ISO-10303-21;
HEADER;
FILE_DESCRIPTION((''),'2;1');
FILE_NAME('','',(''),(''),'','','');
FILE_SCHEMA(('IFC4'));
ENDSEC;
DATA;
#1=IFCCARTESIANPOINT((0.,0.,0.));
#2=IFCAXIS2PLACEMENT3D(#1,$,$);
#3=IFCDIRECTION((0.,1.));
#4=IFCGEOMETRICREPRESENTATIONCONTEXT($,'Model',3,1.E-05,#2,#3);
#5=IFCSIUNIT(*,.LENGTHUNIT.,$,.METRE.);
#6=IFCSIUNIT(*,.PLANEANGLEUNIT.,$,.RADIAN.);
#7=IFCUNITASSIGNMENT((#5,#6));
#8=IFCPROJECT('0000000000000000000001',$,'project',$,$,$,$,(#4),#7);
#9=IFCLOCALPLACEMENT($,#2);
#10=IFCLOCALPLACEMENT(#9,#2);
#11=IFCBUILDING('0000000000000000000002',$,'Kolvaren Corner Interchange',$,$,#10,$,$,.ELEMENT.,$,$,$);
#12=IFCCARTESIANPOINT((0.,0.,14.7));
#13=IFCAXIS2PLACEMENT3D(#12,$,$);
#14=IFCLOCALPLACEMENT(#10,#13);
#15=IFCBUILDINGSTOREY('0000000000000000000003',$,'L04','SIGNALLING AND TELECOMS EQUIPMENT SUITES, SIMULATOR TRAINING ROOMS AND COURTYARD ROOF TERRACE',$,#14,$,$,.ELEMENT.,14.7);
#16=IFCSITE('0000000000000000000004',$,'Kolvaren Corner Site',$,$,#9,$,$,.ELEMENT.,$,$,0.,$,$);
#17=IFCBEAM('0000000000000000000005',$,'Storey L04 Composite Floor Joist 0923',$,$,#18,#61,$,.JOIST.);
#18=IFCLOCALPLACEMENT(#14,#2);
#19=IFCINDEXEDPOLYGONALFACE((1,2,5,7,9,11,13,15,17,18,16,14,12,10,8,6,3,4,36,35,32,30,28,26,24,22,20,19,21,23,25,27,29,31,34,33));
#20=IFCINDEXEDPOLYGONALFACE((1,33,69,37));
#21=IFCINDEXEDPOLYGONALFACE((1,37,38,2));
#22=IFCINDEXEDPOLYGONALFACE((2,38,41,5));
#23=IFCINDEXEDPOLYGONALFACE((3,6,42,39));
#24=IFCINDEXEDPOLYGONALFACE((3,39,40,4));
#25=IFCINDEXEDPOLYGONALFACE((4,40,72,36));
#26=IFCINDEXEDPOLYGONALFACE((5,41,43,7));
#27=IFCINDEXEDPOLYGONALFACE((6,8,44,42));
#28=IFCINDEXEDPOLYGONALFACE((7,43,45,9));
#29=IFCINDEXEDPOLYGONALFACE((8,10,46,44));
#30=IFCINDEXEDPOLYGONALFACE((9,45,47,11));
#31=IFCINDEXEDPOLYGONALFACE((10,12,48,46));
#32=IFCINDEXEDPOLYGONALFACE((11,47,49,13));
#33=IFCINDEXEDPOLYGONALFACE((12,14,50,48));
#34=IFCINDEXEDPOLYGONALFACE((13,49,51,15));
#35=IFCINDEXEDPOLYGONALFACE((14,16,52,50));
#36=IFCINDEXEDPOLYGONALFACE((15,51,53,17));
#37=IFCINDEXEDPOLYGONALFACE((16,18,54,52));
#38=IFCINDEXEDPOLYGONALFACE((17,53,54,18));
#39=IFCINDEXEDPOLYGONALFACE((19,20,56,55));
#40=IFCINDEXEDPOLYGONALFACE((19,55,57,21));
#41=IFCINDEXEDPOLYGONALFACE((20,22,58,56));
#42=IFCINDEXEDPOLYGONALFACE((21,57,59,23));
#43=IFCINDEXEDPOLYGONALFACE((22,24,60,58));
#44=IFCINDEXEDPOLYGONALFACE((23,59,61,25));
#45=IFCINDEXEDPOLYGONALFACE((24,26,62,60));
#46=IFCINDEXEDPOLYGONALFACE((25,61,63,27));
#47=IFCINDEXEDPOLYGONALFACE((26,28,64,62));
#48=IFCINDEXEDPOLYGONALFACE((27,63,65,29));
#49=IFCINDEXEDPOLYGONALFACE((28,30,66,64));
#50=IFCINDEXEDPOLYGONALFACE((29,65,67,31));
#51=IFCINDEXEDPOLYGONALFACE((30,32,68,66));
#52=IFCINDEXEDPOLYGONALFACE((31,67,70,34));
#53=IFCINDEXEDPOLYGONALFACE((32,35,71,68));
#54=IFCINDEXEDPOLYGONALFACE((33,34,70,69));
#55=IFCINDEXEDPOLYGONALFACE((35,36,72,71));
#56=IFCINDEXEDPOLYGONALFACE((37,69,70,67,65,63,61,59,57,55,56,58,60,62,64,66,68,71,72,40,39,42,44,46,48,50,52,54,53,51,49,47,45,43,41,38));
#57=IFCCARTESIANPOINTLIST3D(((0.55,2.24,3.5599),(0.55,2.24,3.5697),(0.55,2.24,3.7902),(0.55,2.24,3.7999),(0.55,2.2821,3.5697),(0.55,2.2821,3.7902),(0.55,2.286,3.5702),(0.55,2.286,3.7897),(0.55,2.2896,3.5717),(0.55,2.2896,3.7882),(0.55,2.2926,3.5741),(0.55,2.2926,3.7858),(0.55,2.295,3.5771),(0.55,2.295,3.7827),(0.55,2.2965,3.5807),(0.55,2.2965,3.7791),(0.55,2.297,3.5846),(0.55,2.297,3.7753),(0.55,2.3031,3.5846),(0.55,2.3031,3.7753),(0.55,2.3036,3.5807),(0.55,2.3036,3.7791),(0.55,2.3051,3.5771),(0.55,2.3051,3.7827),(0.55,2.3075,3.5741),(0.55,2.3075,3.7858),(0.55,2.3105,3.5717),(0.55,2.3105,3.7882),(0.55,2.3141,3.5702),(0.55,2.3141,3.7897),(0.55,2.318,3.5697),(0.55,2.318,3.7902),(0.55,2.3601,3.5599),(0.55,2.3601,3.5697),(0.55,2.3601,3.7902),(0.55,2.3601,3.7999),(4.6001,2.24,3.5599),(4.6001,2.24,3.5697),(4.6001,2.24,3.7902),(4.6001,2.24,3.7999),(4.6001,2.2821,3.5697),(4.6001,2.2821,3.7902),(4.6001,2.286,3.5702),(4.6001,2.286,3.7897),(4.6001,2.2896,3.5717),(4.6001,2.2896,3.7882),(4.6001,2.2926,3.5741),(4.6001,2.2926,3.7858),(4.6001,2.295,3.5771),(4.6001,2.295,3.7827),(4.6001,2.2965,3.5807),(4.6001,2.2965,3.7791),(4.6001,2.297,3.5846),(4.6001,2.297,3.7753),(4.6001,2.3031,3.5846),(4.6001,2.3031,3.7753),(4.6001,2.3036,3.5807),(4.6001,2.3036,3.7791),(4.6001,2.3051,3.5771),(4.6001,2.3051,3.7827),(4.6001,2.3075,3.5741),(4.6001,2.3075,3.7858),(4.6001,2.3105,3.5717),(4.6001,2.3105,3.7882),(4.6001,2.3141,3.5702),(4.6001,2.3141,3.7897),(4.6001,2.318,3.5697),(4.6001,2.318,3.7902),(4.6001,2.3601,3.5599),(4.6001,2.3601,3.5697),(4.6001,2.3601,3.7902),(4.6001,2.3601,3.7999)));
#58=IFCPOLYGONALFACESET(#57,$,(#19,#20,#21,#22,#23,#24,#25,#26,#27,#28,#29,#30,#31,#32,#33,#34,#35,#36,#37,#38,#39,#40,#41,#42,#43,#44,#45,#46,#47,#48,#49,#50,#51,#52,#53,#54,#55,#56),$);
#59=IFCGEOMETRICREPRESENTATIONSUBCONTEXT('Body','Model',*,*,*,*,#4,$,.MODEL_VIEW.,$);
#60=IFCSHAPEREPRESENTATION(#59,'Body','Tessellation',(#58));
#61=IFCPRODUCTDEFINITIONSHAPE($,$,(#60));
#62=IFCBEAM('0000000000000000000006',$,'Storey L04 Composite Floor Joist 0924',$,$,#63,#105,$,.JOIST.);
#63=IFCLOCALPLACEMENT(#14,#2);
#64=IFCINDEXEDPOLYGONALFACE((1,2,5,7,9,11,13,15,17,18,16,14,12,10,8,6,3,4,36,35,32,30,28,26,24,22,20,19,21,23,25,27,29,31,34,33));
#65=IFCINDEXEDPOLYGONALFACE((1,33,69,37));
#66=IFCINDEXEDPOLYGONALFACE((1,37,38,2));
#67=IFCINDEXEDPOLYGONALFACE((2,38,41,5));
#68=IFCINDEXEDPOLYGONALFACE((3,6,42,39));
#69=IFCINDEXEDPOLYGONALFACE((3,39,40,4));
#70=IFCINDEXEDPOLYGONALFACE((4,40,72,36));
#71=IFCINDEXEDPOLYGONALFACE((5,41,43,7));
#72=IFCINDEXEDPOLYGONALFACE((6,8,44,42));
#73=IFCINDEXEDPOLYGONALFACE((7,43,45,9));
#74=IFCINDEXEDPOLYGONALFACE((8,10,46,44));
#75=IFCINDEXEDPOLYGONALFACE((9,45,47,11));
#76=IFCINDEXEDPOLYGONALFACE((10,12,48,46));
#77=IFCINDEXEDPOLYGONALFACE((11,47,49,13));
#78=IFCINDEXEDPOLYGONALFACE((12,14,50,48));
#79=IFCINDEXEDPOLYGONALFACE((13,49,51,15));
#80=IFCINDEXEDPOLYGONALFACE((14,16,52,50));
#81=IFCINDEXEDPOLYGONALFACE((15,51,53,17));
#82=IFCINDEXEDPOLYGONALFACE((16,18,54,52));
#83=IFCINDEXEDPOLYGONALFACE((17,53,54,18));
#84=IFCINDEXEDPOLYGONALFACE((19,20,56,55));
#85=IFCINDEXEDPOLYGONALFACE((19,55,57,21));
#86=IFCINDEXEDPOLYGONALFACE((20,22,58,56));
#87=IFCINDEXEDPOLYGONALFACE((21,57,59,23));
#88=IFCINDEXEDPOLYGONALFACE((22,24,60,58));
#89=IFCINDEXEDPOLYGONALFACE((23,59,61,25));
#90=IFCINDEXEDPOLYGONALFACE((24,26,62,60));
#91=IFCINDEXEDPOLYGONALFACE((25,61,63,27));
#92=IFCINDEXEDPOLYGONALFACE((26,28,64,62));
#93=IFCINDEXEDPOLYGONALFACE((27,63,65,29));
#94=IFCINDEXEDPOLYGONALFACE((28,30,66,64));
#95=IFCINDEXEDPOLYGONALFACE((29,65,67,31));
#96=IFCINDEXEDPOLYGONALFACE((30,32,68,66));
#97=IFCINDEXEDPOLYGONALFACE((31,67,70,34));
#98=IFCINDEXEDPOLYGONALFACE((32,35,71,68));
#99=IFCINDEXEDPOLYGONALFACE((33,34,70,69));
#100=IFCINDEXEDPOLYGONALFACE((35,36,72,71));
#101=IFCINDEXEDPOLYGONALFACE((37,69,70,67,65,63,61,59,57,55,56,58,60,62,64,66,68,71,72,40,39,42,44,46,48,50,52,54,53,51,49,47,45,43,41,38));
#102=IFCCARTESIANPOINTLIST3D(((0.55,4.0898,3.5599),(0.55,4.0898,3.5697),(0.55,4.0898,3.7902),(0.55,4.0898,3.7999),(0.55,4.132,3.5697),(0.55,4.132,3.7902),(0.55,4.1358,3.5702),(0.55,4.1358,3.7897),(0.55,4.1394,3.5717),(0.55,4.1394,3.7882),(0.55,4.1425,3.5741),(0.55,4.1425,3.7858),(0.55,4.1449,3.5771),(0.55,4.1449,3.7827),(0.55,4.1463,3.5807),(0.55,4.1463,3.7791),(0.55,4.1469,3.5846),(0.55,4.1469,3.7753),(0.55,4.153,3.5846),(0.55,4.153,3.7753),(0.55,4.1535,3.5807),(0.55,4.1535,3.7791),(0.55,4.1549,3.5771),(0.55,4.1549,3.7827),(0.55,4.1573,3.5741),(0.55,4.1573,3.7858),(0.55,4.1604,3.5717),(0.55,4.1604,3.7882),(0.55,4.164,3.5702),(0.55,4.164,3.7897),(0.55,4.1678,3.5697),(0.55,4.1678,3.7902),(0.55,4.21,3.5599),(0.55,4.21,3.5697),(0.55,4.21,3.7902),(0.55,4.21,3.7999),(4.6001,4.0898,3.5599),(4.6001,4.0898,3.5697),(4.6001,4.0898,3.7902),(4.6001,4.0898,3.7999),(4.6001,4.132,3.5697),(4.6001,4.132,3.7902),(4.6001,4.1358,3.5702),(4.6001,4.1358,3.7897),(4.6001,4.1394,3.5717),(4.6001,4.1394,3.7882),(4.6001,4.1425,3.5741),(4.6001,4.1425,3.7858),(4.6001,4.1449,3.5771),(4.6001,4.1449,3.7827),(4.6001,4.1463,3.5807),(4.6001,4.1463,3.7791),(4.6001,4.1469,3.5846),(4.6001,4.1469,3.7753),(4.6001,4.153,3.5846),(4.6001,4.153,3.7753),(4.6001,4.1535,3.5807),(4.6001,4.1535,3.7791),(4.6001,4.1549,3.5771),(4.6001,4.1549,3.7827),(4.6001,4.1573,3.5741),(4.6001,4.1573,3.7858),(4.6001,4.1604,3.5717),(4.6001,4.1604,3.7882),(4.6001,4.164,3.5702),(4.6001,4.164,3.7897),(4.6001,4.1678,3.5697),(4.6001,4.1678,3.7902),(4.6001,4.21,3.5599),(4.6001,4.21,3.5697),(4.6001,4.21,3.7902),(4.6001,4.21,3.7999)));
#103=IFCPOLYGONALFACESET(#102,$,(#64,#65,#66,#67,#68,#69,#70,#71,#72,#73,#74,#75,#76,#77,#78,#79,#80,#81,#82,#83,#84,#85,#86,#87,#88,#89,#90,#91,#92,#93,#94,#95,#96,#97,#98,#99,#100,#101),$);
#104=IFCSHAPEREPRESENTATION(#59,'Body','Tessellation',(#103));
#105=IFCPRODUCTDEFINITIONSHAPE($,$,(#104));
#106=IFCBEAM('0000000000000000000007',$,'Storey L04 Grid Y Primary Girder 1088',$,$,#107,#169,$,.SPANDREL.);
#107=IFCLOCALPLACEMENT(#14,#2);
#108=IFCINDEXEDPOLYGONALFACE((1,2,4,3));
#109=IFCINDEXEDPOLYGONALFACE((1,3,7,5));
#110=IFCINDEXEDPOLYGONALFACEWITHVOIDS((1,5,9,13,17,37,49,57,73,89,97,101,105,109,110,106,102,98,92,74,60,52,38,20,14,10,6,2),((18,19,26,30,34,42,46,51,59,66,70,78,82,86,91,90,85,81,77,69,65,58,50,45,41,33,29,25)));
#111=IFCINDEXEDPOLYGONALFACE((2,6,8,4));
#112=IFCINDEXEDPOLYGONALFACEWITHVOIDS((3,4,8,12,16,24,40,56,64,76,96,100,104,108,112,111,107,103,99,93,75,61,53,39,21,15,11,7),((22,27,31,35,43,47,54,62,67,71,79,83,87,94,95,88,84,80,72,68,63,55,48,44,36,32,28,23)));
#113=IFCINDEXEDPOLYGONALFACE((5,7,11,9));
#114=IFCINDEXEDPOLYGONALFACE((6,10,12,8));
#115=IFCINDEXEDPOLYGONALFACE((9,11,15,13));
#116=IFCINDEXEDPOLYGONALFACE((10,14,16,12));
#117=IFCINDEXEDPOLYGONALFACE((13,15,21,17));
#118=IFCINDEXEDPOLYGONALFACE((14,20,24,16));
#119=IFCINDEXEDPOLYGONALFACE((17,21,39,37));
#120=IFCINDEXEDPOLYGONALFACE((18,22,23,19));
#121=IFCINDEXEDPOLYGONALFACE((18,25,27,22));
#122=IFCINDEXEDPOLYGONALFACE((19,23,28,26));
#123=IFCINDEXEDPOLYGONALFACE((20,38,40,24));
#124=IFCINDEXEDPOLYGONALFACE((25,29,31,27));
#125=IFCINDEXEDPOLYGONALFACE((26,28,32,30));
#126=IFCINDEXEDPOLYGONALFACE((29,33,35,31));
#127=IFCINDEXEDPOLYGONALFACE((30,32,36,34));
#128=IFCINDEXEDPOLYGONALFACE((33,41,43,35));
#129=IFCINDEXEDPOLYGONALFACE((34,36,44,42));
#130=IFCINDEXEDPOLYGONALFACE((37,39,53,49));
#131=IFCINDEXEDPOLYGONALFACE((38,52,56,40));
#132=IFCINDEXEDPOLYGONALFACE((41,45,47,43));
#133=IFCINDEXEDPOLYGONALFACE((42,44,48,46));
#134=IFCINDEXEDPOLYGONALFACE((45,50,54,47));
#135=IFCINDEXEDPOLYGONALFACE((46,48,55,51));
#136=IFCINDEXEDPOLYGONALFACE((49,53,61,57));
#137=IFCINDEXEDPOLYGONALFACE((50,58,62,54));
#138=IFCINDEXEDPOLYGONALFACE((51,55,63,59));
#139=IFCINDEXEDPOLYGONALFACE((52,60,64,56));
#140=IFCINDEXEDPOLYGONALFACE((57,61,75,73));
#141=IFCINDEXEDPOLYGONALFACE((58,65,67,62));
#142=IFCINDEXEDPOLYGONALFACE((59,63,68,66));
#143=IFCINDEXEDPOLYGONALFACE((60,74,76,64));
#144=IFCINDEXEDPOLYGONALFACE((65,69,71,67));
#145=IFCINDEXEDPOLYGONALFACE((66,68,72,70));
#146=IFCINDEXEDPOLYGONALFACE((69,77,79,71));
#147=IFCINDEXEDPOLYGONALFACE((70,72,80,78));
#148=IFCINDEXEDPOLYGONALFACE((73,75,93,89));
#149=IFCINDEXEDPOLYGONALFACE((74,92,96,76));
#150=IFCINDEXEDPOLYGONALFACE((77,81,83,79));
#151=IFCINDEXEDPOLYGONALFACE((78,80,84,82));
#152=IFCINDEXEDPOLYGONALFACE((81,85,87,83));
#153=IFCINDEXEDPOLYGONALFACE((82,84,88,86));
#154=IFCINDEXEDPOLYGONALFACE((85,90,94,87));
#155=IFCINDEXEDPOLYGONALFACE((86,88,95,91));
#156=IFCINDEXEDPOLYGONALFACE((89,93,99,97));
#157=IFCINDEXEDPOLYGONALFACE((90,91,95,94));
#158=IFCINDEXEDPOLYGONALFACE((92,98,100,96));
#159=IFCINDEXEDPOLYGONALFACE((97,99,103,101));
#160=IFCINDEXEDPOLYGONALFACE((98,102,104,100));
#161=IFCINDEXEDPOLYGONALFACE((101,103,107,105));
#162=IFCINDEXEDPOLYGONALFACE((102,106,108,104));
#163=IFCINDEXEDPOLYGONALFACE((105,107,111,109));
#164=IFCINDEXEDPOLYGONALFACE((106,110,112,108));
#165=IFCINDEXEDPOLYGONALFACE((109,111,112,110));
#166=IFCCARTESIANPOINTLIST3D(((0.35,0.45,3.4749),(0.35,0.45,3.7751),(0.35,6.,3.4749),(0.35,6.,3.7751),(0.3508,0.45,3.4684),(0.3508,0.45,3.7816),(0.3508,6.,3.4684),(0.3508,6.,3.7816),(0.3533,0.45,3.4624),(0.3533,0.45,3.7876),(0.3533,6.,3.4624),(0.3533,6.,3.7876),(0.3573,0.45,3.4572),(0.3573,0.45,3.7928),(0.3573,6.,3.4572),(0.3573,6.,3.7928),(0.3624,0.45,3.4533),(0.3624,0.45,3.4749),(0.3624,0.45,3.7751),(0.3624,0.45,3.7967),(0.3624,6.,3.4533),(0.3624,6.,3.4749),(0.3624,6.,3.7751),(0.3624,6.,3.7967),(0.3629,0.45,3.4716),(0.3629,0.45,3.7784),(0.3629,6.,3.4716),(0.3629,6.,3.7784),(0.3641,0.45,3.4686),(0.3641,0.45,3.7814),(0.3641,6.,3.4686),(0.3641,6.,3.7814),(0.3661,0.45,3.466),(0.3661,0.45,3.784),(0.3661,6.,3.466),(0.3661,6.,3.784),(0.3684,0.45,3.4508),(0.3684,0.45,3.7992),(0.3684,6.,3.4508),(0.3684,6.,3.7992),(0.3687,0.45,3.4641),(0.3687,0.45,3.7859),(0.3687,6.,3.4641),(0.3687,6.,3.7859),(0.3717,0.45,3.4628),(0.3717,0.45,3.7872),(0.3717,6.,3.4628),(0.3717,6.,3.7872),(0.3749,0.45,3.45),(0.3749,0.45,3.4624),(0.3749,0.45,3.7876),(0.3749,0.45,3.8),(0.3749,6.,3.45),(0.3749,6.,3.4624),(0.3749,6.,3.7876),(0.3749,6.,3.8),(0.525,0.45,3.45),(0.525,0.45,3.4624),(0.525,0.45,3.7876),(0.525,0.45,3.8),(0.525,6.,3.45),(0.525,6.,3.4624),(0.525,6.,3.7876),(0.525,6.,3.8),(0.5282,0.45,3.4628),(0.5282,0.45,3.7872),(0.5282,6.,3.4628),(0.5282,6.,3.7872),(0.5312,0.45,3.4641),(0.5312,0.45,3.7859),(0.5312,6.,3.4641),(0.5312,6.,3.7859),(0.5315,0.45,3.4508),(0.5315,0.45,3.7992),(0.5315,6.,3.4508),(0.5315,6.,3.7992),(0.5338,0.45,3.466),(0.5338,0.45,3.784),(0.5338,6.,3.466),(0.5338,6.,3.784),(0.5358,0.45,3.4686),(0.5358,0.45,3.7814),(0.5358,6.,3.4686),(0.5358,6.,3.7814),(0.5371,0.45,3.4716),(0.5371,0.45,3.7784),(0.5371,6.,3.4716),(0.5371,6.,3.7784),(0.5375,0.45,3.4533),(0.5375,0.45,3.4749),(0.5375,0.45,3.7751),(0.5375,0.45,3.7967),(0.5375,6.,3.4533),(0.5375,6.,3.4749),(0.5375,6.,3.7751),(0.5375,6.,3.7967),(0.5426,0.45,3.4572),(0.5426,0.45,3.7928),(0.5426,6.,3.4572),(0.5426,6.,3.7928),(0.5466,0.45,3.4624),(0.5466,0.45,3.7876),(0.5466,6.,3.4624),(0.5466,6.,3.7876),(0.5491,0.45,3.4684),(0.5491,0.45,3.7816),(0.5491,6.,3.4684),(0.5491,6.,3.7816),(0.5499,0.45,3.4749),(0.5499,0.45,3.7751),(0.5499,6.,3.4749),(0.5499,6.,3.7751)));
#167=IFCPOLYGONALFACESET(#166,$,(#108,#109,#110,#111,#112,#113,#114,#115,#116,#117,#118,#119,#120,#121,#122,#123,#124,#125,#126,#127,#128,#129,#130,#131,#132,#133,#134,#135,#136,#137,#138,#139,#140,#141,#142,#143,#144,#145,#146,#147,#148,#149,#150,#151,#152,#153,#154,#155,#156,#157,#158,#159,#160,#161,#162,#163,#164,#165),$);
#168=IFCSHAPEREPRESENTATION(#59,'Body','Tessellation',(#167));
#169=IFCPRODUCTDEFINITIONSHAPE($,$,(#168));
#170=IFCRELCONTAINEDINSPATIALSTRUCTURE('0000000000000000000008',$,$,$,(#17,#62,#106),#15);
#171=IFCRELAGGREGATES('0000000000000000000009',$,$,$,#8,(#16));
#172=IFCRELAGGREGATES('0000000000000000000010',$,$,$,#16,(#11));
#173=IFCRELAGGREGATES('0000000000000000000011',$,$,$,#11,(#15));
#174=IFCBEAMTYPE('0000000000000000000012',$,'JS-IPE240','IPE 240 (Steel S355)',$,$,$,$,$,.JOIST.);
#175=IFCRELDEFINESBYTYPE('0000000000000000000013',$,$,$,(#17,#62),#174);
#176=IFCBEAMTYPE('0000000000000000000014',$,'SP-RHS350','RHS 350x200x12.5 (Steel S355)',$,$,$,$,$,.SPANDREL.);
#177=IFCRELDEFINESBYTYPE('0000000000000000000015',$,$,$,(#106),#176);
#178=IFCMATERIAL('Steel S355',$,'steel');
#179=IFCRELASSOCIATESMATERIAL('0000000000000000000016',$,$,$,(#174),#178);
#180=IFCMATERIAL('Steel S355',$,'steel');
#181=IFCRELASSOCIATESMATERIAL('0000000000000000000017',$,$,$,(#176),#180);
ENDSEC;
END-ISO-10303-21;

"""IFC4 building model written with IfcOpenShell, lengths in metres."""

from ifc_helpers import new_model, si_unit, direction, frame, origin, origin_2d, place, context, subcontext, project, spatial, hollow_rectangle, i_section, extrude, material, material_profile, profile_set, type_object, element, save


model = new_model("IFC4")

# Units and contexts
model_context = context("Model", 3, precision=1e-05, world=origin(), true_north=direction((0.0, 1.0)))
body_context = subcontext(model_context, "Body", "Model", "MODEL_VIEW")
ifc_project = project(units=[si_unit("LENGTHUNIT", "METRE"), si_unit("PLANEANGLEUNIT", "RADIAN")], contexts=[model_context])

# Site, building, storey
site_placement = place(None, origin())
site = spatial("IfcSite", under=ifc_project, at=site_placement, Name="Kolvaren Corner Site", CompositionType="ELEMENT", RefElevation=0.0)
building_placement = place(site_placement, origin())
building = spatial("IfcBuilding", under=site, at=building_placement, Name="Kolvaren Corner Interchange", CompositionType="ELEMENT")
storey_placement = place(building_placement, frame((0.0, 0.0, 14.7)))
storey = spatial("IfcBuildingStorey", under=building, at=storey_placement, Name="L04", Description="SIGNALLING AND TELECOMS EQUIPMENT SUITES, SIMULATOR TRAINING ROOMS AND COURTYARD ROOF TERRACE", CompositionType="ELEMENT", Elevation=14.7)

# Beams
ifc_material_1 = material(Name="Steel S355", Category="steel")
ifc_material_profile_1 = material_profile(ifc_material_1, i_section(OverallWidth=0.1201, OverallDepth=0.24, WebThickness=0.0061, FlangeThickness=0.0098, FilletRadius=0.0149, at=origin_2d()), Name="IPE 240")
ifc_profile_set_1 = profile_set([ifc_material_profile_1], Name="Steel S355")
beam_type_1 = type_object("IfcBeamType", Name="JS-IPE240", Description="IPE 240 (Steel S355)", PredefinedType="JOIST", material=ifc_profile_set_1)
for number, where, z_axis, x_axis, name in (
    (1, (0.55, 2.3, 3.6799), (1.0, 0.0, 0.0), (0.0, 1.0, 0.0), "Storey L04 Composite Floor Joist 0923"),
    (2, (0.55, 4.1499, 3.6799), (1.0, 0.0, 0.0), (0.0, 1.0, 0.0), "Storey L04 Composite Floor Joist 0924"),
):
    element("IfcBeam", number, at=place(storey_placement, frame(where, z_axis=z_axis, x_axis=x_axis)), inside=storey, type_object=beam_type_1, Name=name, PredefinedType="JOIST", context=body_context, shape_type="SweptSolid", body=[
        extrude(i_section(OverallWidth=0.1201, OverallDepth=0.24, WebThickness=0.0061, FlangeThickness=0.0098, FilletRadius=0.0149, at=origin_2d()), origin(), (0.0, 0.0, 1.0), 4.05),
    ])
ifc_material_2 = material(Name="Steel S355", Category="steel")
ifc_material_profile_2 = material_profile(ifc_material_2, hollow_rectangle(XDim=0.2, YDim=0.3501, WallThickness=0.0125, InnerFilletRadius=0.0125, OuterFilletRadius=0.0249, at=origin_2d()), Name="RHS 350x200x12.5")
ifc_profile_set_2 = profile_set([ifc_material_profile_2], Name="Steel S355")
beam_type_2 = type_object("IfcBeamType", Name="SP-RHS350", Description="RHS 350x200x12.5 (Steel S355)", PredefinedType="SPANDREL", material=ifc_profile_set_2)
beam_1_placement = place(storey_placement, frame((0.45, 0.45, 3.625), z_axis=(0.0, 1.0, 0.0), x_axis=(-1.0, 0.0, 0.0)))
element("IfcBeam", 3, at=beam_1_placement, inside=storey, type_object=beam_type_2, Name="Storey L04 Grid Y Primary Girder 1088", PredefinedType="SPANDREL", context=body_context, shape_type="SweptSolid", body=[
    extrude(hollow_rectangle(XDim=0.2, YDim=0.3501, WallThickness=0.0125, InnerFilletRadius=0.0125, OuterFilletRadius=0.0249, at=origin_2d()), origin(), (0.0, 0.0, 1.0), 5.55),
])

save(model, "model.ifc")
